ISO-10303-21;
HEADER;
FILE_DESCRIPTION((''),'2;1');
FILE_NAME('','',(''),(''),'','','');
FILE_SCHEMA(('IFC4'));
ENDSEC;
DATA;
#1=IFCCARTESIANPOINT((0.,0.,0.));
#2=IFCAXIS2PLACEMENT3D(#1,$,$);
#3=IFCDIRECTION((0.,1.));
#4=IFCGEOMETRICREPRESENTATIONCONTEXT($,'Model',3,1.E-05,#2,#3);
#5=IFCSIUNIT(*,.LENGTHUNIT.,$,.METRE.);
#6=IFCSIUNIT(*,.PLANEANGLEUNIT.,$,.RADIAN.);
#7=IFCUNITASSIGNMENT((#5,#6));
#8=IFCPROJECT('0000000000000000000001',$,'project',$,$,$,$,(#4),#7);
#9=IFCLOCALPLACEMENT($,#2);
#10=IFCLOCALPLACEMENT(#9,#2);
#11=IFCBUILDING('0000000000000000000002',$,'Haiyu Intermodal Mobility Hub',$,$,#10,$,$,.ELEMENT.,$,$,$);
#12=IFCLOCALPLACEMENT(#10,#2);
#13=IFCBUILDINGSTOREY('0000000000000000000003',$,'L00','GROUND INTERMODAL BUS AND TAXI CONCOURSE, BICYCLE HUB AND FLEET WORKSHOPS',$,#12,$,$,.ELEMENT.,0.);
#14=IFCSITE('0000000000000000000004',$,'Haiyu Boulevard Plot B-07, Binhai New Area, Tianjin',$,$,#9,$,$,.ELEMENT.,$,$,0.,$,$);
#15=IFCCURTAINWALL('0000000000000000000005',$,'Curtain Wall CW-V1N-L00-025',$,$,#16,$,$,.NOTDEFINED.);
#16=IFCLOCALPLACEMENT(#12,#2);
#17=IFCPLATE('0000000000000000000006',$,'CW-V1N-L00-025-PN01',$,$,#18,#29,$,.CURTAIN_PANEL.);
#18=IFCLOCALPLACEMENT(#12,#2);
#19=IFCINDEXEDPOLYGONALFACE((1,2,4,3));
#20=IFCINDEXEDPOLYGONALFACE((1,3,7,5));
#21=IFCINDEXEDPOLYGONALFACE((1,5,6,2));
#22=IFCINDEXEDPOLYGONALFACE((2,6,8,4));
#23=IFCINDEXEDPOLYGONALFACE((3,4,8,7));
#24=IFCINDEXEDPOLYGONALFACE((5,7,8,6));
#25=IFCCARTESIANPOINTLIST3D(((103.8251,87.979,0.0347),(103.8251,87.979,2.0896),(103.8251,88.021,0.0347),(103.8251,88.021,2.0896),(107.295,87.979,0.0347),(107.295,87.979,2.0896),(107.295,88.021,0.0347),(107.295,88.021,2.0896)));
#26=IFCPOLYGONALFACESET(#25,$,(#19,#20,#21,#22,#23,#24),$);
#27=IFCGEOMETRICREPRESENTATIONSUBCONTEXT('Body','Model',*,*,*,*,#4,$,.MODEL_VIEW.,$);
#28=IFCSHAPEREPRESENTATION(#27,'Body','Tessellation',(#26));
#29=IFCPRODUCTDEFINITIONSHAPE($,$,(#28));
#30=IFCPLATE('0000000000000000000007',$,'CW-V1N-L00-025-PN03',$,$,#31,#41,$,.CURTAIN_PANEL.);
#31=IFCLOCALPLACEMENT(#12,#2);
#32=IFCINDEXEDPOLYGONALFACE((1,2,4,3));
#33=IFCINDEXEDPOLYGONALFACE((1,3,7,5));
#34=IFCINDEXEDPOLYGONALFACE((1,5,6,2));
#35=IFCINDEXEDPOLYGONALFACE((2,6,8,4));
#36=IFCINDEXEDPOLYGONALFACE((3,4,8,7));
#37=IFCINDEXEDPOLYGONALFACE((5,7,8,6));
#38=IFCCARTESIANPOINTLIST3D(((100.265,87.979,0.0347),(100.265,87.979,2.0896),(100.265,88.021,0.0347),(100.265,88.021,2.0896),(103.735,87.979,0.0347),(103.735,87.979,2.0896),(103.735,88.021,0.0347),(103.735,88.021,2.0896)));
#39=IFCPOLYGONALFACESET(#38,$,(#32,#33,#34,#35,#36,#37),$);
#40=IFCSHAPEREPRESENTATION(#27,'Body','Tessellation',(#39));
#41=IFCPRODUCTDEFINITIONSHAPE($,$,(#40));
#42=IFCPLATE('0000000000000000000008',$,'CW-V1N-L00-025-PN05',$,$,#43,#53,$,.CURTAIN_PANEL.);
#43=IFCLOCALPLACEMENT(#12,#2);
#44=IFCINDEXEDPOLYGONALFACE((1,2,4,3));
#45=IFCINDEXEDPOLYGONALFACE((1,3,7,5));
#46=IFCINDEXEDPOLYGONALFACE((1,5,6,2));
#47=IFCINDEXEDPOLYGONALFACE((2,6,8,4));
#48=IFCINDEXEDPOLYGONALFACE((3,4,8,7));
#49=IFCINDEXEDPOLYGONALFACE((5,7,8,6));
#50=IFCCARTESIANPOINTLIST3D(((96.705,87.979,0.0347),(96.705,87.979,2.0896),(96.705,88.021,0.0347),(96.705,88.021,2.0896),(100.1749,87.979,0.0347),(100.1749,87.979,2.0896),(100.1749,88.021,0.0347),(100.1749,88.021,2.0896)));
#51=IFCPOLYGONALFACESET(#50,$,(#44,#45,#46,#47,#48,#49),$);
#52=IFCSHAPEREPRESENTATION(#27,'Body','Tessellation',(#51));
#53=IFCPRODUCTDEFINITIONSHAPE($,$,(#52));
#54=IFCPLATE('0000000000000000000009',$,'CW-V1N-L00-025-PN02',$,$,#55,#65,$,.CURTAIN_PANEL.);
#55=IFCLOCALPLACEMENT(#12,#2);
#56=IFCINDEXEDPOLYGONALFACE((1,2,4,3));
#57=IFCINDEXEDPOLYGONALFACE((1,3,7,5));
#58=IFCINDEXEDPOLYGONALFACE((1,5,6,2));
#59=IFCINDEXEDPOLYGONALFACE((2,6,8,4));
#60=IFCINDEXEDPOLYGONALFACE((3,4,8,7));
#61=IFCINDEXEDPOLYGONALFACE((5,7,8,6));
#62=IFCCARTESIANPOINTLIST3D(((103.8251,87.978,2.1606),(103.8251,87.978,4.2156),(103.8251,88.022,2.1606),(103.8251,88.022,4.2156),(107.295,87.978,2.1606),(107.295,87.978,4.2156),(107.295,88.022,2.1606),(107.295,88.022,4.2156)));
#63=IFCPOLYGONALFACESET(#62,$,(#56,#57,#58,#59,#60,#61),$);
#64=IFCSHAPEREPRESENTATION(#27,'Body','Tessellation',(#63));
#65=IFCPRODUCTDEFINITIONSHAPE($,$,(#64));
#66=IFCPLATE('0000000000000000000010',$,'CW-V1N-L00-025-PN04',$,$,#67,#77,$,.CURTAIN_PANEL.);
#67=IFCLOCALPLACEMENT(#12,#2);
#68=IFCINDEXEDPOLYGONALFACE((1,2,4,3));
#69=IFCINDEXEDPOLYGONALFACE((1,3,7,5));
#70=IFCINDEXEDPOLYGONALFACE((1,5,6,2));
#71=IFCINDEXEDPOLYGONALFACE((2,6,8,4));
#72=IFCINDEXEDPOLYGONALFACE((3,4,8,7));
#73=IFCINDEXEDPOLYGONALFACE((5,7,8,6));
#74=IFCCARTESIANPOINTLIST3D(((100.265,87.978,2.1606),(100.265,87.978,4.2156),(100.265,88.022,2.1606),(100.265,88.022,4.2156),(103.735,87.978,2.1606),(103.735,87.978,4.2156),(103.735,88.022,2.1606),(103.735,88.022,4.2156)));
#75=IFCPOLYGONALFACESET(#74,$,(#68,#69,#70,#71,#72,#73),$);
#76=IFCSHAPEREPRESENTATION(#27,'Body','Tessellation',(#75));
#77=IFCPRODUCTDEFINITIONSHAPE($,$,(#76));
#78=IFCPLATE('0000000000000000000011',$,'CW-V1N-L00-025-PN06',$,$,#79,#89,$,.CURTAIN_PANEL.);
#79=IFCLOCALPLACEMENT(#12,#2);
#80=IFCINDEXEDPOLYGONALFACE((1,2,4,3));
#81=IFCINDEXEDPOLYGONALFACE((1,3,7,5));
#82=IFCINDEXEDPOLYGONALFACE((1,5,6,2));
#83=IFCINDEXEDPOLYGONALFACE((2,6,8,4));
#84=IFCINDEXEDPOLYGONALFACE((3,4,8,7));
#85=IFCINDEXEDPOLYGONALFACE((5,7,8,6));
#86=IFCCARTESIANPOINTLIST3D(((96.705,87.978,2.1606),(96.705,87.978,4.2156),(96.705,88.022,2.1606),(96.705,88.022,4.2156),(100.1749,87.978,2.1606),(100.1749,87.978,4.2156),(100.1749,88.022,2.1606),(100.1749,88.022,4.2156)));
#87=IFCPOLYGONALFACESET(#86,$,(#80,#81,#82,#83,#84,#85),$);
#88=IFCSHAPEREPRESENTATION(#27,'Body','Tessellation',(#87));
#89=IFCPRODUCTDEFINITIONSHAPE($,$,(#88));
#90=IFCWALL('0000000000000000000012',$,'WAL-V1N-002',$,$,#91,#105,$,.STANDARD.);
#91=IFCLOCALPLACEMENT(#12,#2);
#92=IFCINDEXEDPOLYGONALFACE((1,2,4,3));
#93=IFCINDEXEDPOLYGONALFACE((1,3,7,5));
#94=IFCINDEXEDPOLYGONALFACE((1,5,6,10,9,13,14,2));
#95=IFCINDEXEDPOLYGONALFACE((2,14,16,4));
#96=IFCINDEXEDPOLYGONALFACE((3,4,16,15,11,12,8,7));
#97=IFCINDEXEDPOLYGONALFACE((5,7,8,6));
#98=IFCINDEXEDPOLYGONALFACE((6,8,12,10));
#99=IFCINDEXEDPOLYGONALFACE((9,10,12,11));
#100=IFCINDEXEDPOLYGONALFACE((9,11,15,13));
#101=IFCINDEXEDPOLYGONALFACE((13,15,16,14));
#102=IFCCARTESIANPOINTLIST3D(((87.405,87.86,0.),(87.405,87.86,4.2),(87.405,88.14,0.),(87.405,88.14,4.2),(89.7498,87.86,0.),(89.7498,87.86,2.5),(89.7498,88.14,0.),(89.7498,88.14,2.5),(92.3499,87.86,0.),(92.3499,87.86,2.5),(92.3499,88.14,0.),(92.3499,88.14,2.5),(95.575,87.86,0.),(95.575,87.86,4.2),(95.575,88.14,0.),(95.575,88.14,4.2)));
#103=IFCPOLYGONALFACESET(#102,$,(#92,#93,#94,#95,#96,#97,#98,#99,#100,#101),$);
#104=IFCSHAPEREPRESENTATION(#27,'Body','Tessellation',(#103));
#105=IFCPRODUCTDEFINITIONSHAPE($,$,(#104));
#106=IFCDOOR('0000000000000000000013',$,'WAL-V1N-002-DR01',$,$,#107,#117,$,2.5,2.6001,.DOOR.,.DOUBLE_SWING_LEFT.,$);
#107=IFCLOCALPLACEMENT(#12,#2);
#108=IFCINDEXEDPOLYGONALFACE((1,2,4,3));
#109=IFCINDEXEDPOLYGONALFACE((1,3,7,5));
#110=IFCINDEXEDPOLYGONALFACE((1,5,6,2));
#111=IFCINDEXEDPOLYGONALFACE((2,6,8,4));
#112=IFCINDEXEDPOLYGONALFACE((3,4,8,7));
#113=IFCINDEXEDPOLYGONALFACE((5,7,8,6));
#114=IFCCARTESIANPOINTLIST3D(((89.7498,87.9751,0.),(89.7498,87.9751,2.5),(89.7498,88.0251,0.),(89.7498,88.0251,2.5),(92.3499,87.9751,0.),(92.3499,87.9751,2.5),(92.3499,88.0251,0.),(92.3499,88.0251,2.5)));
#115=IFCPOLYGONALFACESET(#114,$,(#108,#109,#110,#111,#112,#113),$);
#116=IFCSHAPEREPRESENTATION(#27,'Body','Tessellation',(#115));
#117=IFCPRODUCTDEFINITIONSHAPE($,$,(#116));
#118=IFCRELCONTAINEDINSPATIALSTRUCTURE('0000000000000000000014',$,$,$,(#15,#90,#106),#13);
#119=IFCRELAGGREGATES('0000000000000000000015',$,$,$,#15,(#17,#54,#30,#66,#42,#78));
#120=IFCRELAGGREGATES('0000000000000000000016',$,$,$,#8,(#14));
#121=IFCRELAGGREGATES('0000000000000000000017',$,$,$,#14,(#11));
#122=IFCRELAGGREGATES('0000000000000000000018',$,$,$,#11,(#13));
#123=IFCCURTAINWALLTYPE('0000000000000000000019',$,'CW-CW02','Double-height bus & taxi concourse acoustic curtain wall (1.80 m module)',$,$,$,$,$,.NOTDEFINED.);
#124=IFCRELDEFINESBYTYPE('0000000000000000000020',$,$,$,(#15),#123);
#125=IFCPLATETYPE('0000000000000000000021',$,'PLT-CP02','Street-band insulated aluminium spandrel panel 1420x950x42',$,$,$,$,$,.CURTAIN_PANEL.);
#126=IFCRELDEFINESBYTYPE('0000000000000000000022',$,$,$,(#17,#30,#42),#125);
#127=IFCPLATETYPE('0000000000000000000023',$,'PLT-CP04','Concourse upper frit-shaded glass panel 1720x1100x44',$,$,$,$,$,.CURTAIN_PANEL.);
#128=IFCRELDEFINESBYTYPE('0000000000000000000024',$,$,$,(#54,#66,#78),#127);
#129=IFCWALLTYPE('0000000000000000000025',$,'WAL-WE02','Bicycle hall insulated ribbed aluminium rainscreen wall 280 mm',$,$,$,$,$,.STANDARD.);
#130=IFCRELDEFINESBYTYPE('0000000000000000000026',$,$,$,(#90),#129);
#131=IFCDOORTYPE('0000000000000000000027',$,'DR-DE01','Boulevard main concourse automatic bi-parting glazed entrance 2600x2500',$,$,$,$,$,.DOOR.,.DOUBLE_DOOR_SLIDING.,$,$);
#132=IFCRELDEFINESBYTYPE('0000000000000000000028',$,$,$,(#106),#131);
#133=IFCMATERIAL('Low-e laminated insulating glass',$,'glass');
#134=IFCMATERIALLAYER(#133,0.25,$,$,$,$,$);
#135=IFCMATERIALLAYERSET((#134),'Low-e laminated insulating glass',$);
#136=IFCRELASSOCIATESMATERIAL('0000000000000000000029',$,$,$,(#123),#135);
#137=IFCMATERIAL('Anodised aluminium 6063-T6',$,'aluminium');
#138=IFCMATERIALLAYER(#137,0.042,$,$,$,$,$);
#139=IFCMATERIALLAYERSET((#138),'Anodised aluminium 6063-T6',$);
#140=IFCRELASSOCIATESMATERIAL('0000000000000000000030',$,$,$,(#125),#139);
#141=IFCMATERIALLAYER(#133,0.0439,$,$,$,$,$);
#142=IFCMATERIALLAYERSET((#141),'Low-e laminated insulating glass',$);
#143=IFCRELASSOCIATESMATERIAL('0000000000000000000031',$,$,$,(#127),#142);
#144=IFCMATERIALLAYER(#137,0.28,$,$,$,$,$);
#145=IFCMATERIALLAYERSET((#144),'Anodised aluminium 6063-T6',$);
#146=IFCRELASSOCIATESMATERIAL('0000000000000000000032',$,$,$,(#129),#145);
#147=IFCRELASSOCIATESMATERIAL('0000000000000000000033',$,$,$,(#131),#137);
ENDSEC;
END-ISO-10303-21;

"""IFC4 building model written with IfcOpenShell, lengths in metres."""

from ifc_helpers import new_model, si_unit, direction, frame, frame_2d, origin, origin_2d, place, context, subcontext, project, spatial, rectangle, extrude, material, layer, layer_set, type_object, element, fill, aggregate, save


model = new_model("IFC4")

# Units and contexts
model_context = context("Model", 3, precision=1e-05, world=origin(), true_north=direction((0.0, 1.0)))
body_context = subcontext(model_context, "Body", "Model", "MODEL_VIEW")
ifc_project = project(units=[si_unit("LENGTHUNIT", "METRE"), si_unit("PLANEANGLEUNIT", "RADIAN")], contexts=[model_context])

# Site, building, storey
site_placement = place(None, origin())
site = spatial("IfcSite", under=ifc_project, at=site_placement, Name="Haiyu Boulevard Plot B-07, Binhai New Area, Tianjin", CompositionType="ELEMENT", RefElevation=0.0)
building_placement = place(site_placement, origin())
building = spatial("IfcBuilding", under=site, at=building_placement, Name="Haiyu Intermodal Mobility Hub", CompositionType="ELEMENT")
storey_placement = place(building_placement, origin())
storey = spatial("IfcBuildingStorey", under=building, at=storey_placement, Name="L00", Description="GROUND INTERMODAL BUS AND TAXI CONCOURSE, BICYCLE HUB AND FLEET WORKSHOPS", CompositionType="ELEMENT", Elevation=0.0)

# Curtain wall, plates
ifc_material_1 = material(Name="Low-e laminated insulating glass", Category="glass")
ifc_layer_1 = layer(ifc_material_1, 0.25)
ifc_layer_set_1 = layer_set([ifc_layer_1], Name="Low-e laminated insulating glass")
curtain_wall_type = type_object("IfcCurtainWallType", Name="CW-CW02", Description="Double-height bus & taxi concourse acoustic curtain wall (1.80 m module)", PredefinedType="NOTDEFINED", material=ifc_layer_set_1)
curtain_wall_placement = place(storey_placement, origin())
curtain_wall = element("IfcCurtainWall", 1, at=curtain_wall_placement, inside=storey, type_object=curtain_wall_type, Name="Curtain Wall CW-V1N-L00-025", PredefinedType="NOTDEFINED")
ifc_material_2 = material(Name="Anodised aluminium 6063-T6", Category="aluminium")
ifc_layer_2 = layer(ifc_material_2, 0.042)
ifc_layer_set_2 = layer_set([ifc_layer_2], Name="Anodised aluminium 6063-T6")
plate_type_1 = type_object("IfcPlateType", Name="PLT-CP02", Description="Street-band insulated aluminium spandrel panel 1420x950x42", PredefinedType="CURTAIN_PANEL", material=ifc_layer_set_2)
plate_1_placement = place(storey_placement, frame((105.5601, 88.0, 0.0347), z_axis=(0.0, 0.0, 1.0), x_axis=(-1.0, 0.0, 0.0)))
plate_1 = element("IfcPlate", 2, at=plate_1_placement, type_object=plate_type_1, Name="CW-V1N-L00-025-PN01", PredefinedType="CURTAIN_PANEL", context=body_context, shape_type="SweptSolid", body=[
    extrude(rectangle(XDim=3.47, YDim=0.042, at=origin_2d()), origin(), (0.0, 0.0, 1.0), 2.0549),
])
plate_2_placement = place(storey_placement, frame((102.0, 88.0, 0.0347), z_axis=(0.0, 0.0, 1.0), x_axis=(-1.0, 0.0, 0.0)))
plate_2 = element("IfcPlate", 3, at=plate_2_placement, type_object=plate_type_1, Name="CW-V1N-L00-025-PN03", PredefinedType="CURTAIN_PANEL", context=body_context, shape_type="SweptSolid", body=[
    extrude(rectangle(XDim=3.47, YDim=0.042, at=origin_2d()), origin(), (0.0, 0.0, 1.0), 2.0549),
])
plate_3_placement = place(storey_placement, frame((98.4399, 88.0, 0.0347), z_axis=(0.0, 0.0, 1.0), x_axis=(-1.0, 0.0, 0.0)))
plate_3 = element("IfcPlate", 4, at=plate_3_placement, type_object=plate_type_1, Name="CW-V1N-L00-025-PN05", PredefinedType="CURTAIN_PANEL", context=body_context, shape_type="SweptSolid", body=[
    extrude(rectangle(XDim=3.47, YDim=0.042, at=origin_2d()), origin(), (0.0, 0.0, 1.0), 2.0549),
])
ifc_layer_3 = layer(ifc_material_1, 0.0439)
ifc_layer_set_3 = layer_set([ifc_layer_3], Name="Low-e laminated insulating glass")
plate_type_2 = type_object("IfcPlateType", Name="PLT-CP04", Description="Concourse upper frit-shaded glass panel 1720x1100x44", PredefinedType="CURTAIN_PANEL", material=ifc_layer_set_3)
plate_4_placement = place(storey_placement, frame((105.5601, 88.0, 2.1606), z_axis=(0.0, 0.0, 1.0), x_axis=(-1.0, 0.0, 0.0)))
plate_4 = element("IfcPlate", 5, at=plate_4_placement, type_object=plate_type_2, Name="CW-V1N-L00-025-PN02", PredefinedType="CURTAIN_PANEL", context=body_context, shape_type="SweptSolid", body=[
    extrude(rectangle(XDim=3.47, YDim=0.0439, at=origin_2d()), origin(), (0.0, 0.0, 1.0), 2.0549),
])
plate_5_placement = place(storey_placement, frame((102.0, 88.0, 2.1606), z_axis=(0.0, 0.0, 1.0), x_axis=(-1.0, 0.0, 0.0)))
plate_5 = element("IfcPlate", 6, at=plate_5_placement, type_object=plate_type_2, Name="CW-V1N-L00-025-PN04", PredefinedType="CURTAIN_PANEL", context=body_context, shape_type="SweptSolid", body=[
    extrude(rectangle(XDim=3.47, YDim=0.0439, at=origin_2d()), origin(), (0.0, 0.0, 1.0), 2.0549),
])
plate_6_placement = place(storey_placement, frame((98.4399, 88.0, 2.1606), z_axis=(0.0, 0.0, 1.0), x_axis=(-1.0, 0.0, 0.0)))
plate_6 = element("IfcPlate", 7, at=plate_6_placement, type_object=plate_type_2, Name="CW-V1N-L00-025-PN06", PredefinedType="CURTAIN_PANEL", context=body_context, shape_type="SweptSolid", body=[
    extrude(rectangle(XDim=3.47, YDim=0.0439, at=origin_2d()), origin(), (0.0, 0.0, 1.0), 2.0549),
])
aggregate(curtain_wall, [plate_1, plate_4, plate_2, plate_5, plate_3, plate_6])

# Wall, opening, door
ifc_layer_4 = layer(ifc_material_2, 0.28)
ifc_layer_set_4 = layer_set([ifc_layer_4], Name="Anodised aluminium 6063-T6")
wall_type = type_object("IfcWallType", Name="WAL-WE02", Description="Bicycle hall insulated ribbed aluminium rainscreen wall 280 mm", PredefinedType="STANDARD", material=ifc_layer_set_4)
wall_placement = place(storey_placement, frame((95.575, 88.0, 0.0), z_axis=(0.0, 0.0, 1.0), x_axis=(-1.0, 0.0, 0.0)))
wall = element("IfcWall", 8, at=wall_placement, inside=storey, type_object=wall_type, Name="WAL-V1N-002", PredefinedType="STANDARD", context=body_context, shape_type="SweptSolid", body=[
    extrude(rectangle(XDim=8.1699, YDim=0.28, at=frame_2d((4.085, 0.0))), origin(), (0.0, 0.0, 1.0), 4.2),
])
opening_placement = place(wall_placement, frame((3.2251, 0.0, 0.0)))
opening = element("IfcOpeningElement", 9, at=opening_placement, cuts=wall, PredefinedType="OPENING", context=body_context, shape_type="SweptSolid", body=[
    extrude(rectangle(XDim=2.6001, YDim=2.5, at=frame_2d((1.3, 1.25))), frame((0.0, 0.1499, 0.0), z_axis=(0.0, -1.0, 0.0), x_axis=(1.0, 0.0, 0.0)), (0.0, 0.0, 1.0), 0.3),
])
door_type = type_object("IfcDoorType", Name="DR-DE01", Description="Boulevard main concourse automatic bi-parting glazed entrance 2600x2500", OperationType="DOUBLE_DOOR_SLIDING", PredefinedType="DOOR", material=ifc_material_2)
door_placement = place(opening_placement, origin())
door = element("IfcDoor", 10, at=door_placement, inside=storey, type_object=door_type, Name="WAL-V1N-002-DR01", OperationType="DOUBLE_SWING_LEFT", OverallHeight=2.5, OverallWidth=2.6001, PredefinedType="DOOR", context=body_context, shape_type="SweptSolid", body=[
    extrude(rectangle(XDim=2.6001, YDim=2.5, at=frame_2d((1.3, 1.25))), frame((0.0, 0.0249, 0.0), z_axis=(0.0, -1.0, 0.0), x_axis=(1.0, 0.0, 0.0)), (0.0, 0.0, 1.0), 0.05),
])
fill(opening, door)

save(model, "model.ifc")
